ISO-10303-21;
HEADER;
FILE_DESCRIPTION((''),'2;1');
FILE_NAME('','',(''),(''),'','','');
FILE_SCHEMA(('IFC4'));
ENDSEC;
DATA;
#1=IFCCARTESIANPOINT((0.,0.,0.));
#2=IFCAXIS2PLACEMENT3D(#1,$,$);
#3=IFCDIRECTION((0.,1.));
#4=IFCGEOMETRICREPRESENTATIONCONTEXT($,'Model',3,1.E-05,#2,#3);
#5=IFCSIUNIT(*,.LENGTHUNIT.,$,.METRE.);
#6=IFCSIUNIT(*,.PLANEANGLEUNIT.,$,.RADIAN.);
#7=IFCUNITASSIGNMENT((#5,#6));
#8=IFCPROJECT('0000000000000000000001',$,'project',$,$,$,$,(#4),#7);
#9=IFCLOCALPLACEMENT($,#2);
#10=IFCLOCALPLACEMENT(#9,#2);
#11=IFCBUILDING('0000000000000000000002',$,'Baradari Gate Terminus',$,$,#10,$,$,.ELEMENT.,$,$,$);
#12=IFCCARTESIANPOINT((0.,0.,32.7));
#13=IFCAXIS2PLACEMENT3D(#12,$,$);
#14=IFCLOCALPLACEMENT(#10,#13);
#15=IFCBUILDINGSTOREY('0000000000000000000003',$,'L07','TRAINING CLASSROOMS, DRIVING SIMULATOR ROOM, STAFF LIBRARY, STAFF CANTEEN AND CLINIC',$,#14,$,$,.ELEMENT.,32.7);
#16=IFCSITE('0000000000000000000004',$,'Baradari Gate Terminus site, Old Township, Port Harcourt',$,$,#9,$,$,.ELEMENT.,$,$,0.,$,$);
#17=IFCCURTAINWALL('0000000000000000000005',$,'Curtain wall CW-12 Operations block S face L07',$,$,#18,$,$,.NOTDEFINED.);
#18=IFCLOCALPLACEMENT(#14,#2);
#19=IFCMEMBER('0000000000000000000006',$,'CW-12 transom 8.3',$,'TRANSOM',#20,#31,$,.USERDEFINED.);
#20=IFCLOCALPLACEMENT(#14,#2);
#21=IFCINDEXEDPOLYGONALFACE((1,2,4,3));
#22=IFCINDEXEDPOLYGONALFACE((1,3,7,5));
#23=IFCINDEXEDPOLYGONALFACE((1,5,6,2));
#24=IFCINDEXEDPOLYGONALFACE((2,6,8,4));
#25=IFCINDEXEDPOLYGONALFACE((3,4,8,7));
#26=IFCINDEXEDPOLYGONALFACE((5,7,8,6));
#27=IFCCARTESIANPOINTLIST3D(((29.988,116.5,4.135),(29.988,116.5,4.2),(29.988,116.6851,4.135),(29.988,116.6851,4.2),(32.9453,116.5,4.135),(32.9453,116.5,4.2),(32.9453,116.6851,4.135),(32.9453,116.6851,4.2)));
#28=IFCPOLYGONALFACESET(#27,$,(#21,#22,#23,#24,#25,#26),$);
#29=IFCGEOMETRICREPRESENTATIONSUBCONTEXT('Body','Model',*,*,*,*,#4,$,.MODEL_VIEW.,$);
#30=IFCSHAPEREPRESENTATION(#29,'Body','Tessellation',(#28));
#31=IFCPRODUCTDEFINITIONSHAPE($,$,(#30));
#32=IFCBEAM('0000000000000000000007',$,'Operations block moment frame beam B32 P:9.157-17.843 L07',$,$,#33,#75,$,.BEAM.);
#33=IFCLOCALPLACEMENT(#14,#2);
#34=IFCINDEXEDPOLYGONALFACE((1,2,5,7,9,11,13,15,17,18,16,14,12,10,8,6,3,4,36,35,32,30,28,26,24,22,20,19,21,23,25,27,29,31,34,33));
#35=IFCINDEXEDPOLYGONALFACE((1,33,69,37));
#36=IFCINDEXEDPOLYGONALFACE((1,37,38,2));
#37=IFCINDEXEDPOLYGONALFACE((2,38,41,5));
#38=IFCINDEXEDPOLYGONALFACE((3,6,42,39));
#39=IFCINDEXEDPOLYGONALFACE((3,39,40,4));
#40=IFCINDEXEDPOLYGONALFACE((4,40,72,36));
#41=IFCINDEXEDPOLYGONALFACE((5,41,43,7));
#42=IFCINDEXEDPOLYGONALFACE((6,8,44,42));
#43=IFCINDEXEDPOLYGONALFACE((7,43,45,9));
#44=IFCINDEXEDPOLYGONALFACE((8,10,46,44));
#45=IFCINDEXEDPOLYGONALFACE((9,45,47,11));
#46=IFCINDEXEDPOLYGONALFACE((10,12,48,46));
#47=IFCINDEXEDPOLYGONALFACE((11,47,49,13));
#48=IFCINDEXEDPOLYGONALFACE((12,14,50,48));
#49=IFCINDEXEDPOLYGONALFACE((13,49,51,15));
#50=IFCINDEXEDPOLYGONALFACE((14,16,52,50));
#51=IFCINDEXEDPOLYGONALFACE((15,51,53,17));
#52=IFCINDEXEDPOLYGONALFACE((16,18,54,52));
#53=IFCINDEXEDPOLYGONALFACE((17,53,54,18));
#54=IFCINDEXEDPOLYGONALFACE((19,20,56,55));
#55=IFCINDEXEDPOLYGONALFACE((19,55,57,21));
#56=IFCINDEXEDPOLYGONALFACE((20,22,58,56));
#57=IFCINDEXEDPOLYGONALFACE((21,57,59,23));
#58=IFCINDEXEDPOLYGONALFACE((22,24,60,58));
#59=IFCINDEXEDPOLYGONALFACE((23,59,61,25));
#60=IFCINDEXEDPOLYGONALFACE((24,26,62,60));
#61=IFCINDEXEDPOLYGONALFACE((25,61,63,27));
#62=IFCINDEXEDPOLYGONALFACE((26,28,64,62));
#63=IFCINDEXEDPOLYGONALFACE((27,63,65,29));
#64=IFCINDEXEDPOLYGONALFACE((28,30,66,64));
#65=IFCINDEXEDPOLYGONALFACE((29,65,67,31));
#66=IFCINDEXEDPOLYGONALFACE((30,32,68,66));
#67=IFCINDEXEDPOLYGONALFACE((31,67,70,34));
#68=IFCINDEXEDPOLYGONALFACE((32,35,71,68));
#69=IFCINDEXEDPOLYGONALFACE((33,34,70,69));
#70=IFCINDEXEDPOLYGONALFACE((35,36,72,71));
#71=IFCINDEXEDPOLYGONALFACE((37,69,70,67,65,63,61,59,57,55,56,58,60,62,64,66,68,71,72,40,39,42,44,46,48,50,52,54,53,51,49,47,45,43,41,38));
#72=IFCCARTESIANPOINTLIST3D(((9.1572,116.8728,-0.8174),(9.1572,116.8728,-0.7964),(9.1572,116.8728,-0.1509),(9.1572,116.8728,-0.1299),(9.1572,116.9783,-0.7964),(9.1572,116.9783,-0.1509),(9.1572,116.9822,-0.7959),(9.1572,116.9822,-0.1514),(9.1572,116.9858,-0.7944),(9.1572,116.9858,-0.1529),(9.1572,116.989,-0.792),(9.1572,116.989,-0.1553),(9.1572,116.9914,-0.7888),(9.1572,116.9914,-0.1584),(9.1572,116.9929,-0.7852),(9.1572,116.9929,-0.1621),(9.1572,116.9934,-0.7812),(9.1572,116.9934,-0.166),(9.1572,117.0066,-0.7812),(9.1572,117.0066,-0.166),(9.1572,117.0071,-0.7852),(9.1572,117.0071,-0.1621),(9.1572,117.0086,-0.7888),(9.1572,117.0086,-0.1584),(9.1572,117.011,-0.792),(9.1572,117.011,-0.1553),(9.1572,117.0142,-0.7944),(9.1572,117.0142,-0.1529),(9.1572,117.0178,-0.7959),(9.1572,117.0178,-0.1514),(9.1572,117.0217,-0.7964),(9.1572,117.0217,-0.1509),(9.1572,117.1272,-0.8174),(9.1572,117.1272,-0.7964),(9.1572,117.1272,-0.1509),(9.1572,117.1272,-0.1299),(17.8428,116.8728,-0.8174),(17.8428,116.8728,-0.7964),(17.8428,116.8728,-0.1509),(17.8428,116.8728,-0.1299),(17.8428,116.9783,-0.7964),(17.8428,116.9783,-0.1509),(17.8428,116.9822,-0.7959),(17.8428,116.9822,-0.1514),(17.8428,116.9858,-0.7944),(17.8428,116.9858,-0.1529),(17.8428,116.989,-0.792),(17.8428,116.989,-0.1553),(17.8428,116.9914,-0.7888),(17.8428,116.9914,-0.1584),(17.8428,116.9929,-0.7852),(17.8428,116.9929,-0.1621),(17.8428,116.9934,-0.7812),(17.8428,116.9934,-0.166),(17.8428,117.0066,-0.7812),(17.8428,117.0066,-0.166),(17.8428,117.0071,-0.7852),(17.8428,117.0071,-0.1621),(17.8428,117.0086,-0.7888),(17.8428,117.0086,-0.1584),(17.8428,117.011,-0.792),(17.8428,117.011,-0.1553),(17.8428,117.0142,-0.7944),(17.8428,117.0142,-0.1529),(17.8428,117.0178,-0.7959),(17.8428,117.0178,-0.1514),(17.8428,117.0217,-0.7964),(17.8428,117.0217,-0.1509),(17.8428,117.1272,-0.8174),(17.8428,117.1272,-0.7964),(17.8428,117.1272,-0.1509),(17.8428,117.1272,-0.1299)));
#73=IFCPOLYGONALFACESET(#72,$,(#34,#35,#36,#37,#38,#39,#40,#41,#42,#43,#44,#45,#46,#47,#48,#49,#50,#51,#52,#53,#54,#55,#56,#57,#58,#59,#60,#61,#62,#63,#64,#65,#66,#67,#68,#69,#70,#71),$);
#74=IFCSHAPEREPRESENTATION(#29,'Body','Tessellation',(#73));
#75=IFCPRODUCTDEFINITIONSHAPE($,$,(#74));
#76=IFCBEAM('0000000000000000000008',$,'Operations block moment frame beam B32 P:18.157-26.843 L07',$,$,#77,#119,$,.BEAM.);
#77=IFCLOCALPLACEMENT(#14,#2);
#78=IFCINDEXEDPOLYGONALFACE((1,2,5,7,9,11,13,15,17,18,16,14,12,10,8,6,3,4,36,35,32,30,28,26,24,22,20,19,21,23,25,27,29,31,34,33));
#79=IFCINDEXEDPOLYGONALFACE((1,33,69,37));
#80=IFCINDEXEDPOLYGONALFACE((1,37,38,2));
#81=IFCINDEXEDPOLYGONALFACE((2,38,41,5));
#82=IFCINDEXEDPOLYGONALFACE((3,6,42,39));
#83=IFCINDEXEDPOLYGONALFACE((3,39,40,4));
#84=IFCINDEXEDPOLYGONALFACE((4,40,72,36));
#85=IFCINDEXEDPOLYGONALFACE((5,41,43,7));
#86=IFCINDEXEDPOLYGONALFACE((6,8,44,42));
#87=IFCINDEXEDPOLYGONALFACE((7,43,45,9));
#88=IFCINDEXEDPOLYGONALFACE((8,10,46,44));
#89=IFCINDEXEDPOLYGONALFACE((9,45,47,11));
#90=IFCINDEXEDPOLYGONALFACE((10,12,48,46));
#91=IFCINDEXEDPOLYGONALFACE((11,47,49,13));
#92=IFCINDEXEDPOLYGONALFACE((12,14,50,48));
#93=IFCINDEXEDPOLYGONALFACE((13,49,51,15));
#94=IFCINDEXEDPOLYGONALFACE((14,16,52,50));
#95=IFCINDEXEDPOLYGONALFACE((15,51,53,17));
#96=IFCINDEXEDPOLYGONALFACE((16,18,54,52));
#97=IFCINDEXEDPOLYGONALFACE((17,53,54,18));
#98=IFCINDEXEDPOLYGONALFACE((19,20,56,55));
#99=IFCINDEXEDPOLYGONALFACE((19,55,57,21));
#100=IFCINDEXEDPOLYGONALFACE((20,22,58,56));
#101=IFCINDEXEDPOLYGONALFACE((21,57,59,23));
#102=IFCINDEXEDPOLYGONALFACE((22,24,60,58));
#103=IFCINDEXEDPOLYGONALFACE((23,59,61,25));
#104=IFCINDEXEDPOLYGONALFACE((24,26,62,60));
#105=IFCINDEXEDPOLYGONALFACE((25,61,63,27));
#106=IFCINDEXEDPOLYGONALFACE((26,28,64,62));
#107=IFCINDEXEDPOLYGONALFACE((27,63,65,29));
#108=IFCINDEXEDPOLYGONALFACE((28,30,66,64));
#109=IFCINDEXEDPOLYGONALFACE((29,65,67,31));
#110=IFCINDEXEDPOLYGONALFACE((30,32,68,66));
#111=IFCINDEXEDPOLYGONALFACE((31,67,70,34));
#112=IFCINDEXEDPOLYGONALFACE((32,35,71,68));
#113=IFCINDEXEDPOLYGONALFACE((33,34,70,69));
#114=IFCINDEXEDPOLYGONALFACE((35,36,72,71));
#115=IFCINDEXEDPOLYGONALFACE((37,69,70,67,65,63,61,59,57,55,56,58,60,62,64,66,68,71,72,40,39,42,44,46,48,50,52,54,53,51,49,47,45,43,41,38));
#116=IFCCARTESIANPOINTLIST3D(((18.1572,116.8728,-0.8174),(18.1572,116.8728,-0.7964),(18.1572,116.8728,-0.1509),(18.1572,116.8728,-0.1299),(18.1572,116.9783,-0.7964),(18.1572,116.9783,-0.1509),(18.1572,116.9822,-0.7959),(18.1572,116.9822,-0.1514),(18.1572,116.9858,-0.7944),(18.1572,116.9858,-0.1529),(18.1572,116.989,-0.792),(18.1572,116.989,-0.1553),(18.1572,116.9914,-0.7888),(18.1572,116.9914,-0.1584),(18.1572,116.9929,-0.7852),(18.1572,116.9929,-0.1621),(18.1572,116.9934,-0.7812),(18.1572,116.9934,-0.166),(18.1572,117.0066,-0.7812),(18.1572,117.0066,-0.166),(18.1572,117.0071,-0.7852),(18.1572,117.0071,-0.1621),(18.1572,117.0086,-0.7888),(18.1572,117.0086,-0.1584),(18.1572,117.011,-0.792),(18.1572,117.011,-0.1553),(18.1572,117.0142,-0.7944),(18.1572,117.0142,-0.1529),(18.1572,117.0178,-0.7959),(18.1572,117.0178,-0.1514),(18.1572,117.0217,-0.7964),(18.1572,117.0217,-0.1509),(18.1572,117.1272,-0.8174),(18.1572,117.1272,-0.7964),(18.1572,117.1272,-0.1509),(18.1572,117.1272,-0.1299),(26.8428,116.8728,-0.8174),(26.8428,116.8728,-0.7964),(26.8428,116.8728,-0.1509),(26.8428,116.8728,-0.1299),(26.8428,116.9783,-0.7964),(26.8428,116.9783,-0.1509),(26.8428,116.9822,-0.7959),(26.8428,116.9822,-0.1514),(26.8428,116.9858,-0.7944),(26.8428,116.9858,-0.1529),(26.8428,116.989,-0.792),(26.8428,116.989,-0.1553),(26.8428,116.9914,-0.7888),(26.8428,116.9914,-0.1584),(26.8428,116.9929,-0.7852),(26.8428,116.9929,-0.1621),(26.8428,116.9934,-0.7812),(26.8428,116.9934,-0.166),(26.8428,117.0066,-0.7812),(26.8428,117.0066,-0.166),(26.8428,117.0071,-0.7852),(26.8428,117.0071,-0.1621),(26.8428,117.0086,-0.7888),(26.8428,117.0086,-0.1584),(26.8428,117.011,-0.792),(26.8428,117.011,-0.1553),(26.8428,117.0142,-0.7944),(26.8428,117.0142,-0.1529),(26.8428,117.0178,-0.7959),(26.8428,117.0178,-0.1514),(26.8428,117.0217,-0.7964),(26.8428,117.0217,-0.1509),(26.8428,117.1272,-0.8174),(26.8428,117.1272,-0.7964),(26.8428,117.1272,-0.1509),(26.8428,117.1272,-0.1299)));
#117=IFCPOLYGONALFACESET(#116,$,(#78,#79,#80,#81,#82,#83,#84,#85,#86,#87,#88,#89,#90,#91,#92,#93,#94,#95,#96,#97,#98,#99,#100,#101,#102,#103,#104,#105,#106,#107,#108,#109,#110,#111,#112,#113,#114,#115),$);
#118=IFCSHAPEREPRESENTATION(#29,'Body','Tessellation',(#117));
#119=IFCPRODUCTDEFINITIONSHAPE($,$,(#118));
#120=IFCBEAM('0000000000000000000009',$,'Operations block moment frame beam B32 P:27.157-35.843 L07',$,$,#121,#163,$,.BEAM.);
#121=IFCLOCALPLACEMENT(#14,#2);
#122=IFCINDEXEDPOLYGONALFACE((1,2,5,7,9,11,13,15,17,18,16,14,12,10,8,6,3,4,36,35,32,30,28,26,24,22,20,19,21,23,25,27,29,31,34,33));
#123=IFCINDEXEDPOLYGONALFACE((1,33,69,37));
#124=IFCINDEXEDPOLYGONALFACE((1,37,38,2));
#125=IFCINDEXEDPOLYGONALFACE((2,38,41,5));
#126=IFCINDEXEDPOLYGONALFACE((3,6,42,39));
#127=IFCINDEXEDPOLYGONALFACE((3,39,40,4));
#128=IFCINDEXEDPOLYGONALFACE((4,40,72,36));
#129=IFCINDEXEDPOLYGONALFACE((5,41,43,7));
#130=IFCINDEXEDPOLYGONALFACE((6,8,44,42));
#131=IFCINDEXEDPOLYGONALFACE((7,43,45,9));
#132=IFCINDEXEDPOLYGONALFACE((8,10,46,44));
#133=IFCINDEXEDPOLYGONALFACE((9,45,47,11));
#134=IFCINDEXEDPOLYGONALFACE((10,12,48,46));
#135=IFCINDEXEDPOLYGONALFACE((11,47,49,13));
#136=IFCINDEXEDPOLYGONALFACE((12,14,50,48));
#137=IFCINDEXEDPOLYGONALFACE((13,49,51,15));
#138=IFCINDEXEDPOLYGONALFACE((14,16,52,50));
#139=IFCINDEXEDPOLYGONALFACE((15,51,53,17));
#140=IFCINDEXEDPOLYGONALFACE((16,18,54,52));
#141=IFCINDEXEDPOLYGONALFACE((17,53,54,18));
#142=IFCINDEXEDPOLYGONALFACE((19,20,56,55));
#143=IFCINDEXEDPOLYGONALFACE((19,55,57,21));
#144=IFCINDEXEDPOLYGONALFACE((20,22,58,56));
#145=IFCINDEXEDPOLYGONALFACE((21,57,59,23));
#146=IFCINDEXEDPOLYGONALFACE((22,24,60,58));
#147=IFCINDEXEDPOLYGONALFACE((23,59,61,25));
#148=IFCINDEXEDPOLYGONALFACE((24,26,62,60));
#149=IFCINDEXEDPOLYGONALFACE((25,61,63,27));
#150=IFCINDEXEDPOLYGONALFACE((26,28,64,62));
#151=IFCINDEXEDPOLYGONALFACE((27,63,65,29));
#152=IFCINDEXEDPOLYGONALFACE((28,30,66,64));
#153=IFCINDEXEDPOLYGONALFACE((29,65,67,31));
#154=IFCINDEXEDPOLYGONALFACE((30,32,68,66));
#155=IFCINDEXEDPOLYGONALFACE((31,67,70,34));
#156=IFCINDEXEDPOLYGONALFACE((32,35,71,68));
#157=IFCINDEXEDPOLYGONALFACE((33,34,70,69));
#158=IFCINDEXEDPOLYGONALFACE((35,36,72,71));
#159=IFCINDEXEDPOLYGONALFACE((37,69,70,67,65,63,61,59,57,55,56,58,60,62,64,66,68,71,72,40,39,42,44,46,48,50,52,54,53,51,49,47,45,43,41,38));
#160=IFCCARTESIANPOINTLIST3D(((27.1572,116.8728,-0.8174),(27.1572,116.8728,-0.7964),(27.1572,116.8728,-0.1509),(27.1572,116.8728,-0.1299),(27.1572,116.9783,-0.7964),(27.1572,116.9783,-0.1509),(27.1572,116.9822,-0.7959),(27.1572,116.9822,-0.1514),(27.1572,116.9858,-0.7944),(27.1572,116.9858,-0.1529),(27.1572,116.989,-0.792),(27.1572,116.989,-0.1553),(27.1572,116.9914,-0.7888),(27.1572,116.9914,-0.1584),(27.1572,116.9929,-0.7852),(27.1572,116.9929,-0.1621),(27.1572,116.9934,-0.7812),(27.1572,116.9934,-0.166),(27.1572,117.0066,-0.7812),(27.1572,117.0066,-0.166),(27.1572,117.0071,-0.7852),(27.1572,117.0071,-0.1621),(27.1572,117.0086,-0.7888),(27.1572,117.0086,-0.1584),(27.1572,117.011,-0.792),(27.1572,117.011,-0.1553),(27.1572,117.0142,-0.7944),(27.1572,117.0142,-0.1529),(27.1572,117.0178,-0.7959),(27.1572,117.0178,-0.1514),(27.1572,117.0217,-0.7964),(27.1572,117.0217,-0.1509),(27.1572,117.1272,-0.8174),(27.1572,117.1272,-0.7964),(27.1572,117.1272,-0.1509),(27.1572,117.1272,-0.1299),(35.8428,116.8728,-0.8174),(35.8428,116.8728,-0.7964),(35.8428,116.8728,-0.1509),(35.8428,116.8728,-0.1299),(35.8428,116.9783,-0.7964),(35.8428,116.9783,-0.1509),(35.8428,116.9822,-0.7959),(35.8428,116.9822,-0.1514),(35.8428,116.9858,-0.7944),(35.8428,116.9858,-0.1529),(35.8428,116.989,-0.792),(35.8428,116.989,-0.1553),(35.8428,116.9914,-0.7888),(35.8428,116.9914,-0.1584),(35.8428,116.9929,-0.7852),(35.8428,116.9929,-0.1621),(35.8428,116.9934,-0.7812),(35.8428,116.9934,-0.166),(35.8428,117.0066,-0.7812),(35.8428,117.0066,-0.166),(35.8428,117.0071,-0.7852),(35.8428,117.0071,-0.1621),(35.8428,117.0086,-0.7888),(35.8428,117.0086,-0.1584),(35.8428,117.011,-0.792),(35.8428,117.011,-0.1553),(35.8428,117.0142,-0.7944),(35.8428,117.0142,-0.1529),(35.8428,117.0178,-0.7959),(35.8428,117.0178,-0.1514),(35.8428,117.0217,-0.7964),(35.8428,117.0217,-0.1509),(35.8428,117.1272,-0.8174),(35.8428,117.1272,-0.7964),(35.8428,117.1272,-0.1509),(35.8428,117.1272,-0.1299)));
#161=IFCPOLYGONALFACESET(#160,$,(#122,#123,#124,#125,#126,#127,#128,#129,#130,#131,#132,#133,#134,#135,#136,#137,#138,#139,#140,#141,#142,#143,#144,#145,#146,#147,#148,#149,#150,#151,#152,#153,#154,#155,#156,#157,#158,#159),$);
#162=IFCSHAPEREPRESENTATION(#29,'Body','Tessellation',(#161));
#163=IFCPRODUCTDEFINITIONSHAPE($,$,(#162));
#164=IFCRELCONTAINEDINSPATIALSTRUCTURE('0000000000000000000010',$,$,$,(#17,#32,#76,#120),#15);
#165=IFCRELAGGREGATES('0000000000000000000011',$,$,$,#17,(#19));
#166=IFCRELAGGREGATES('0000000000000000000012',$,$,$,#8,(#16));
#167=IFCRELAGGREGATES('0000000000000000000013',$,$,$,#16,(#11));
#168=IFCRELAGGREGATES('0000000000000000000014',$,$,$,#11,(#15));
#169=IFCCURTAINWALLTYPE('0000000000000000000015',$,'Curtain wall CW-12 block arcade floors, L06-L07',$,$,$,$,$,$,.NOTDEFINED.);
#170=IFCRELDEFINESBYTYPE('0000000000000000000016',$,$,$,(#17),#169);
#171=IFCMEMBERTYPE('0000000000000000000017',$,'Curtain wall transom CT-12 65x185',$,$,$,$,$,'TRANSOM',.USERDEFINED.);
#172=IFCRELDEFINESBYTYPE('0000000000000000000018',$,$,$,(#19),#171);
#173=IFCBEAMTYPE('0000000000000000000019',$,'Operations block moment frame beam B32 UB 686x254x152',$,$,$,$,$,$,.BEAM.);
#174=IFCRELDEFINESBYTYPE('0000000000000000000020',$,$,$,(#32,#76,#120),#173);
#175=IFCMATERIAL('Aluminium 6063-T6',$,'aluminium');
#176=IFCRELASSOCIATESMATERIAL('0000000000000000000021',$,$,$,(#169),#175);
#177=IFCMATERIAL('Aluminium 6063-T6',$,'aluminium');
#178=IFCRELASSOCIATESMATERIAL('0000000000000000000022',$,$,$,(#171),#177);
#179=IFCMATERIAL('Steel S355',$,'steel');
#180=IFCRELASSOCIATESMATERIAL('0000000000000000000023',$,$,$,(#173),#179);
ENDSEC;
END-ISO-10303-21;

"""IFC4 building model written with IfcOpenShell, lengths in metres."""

from ifc_helpers import new_model, si_unit, direction, frame, origin, origin_2d, place, context, subcontext, project, spatial, rectangle, i_section, extrude, material, material_profile, profile_set, type_object, element, aggregate, save


model = new_model("IFC4")

# Units and contexts
model_context = context("Model", 3, precision=1e-05, world=origin(), true_north=direction((0.0, 1.0)))
body_context = subcontext(model_context, "Body", "Model", "MODEL_VIEW")
ifc_project = project(units=[si_unit("LENGTHUNIT", "METRE"), si_unit("PLANEANGLEUNIT", "RADIAN")], contexts=[model_context])

# Site, building, storey
site_placement = place(None, origin())
site = spatial("IfcSite", under=ifc_project, at=site_placement, Name="Baradari Gate Terminus site, Old Township, Port Harcourt", CompositionType="ELEMENT", RefElevation=0.0)
building_placement = place(site_placement, origin())
building = spatial("IfcBuilding", under=site, at=building_placement, Name="Baradari Gate Terminus", CompositionType="ELEMENT")
storey_placement = place(building_placement, frame((0.0, 0.0, 32.7)))
storey = spatial("IfcBuildingStorey", under=building, at=storey_placement, Name="L07", Description="TRAINING CLASSROOMS, DRIVING SIMULATOR ROOM, STAFF LIBRARY, STAFF CANTEEN AND CLINIC", CompositionType="ELEMENT", Elevation=32.7)

# Shared definitions
ifc_material_1 = material(Name="Aluminium 6063-T6", Category="aluminium")
curtain_wall_type = type_object("IfcCurtainWallType", Name="Curtain wall CW-12 block arcade floors, L06-L07", PredefinedType="NOTDEFINED", material=ifc_material_1)

# Curtain wall, member
curtain_wall_1_placement = place(storey_placement, origin())
curtain_wall_1 = element("IfcCurtainWall", 1, at=curtain_wall_1_placement, inside=storey, type_object=curtain_wall_type, Name="Curtain wall CW-12 Operations block S face L07", PredefinedType="NOTDEFINED")
ifc_material_2 = material(Name="Aluminium 6063-T6", Category="aluminium")
ifc_material_profile_1 = material_profile(ifc_material_2, rectangle(XDim=0.1851, YDim=0.0649, at=origin_2d()), Name="CT-12 65X185")
ifc_profile_set_1 = profile_set([ifc_material_profile_1], Name="Aluminium 6063-T6")
member_type_1 = type_object("IfcMemberType", Name="Curtain wall transom CT-12 65x185", ElementType="TRANSOM", PredefinedType="USERDEFINED", material=ifc_profile_set_1)
member_1_placement = place(storey_placement, frame((29.988, 116.5925, 4.1675), z_axis=(1.0, 0.0, 0.0), x_axis=(0.0, 1.0, 0.0)))
member_1 = element("IfcMember", 2, at=member_1_placement, type_object=member_type_1, Name="CW-12 transom 8.3", ObjectType="TRANSOM", PredefinedType="USERDEFINED", context=body_context, shape_type="SweptSolid", body=[
    extrude(rectangle(XDim=0.1851, YDim=0.0649, at=origin_2d()), origin(), (0.0, 0.0, 1.0), 2.9573),
])

# Beams
ifc_material_3 = material(Name="Steel S355", Category="steel")
ifc_material_profile_2 = material_profile(ifc_material_3, i_section(OverallWidth=0.2544, OverallDepth=0.6875, WebThickness=0.0132, FlangeThickness=0.021, FilletRadius=0.0151, at=origin_2d()), Name="UB 686x254x152")
ifc_profile_set_2 = profile_set([ifc_material_profile_2], Name="Steel S355")
beam_type_1 = type_object("IfcBeamType", Name="Operations block moment frame beam B32 UB 686x254x152", PredefinedType="BEAM", material=ifc_profile_set_2)
for number, where, z_axis, x_axis, name in (
    (3, (9.1572, 117.0, -0.4736), (1.0, 0.0, 0.0), (0.0, 1.0, 0.0), "Operations block moment frame beam B32 P:9.157-17.843 L07"),
    (4, (18.1572, 117.0, -0.4736), (1.0, 0.0, 0.0), (0.0, 1.0, 0.0), "Operations block moment frame beam B32 P:18.157-26.843 L07"),
    (5, (27.1572, 117.0, -0.4736), (1.0, 0.0, 0.0), (0.0, 1.0, 0.0), "Operations block moment frame beam B32 P:27.157-35.843 L07"),
):
    element("IfcBeam", number, at=place(storey_placement, frame(where, z_axis=z_axis, x_axis=x_axis)), inside=storey, type_object=beam_type_1, Name=name, PredefinedType="BEAM", context=body_context, shape_type="SweptSolid", body=[
        extrude(i_section(OverallWidth=0.2544, OverallDepth=0.6875, WebThickness=0.0132, FlangeThickness=0.021, FilletRadius=0.0151, at=origin_2d()), origin(), (0.0, 0.0, 1.0), 8.6855),
    ])

aggregate(curtain_wall_1, [member_1])

save(model, "model.ifc")
